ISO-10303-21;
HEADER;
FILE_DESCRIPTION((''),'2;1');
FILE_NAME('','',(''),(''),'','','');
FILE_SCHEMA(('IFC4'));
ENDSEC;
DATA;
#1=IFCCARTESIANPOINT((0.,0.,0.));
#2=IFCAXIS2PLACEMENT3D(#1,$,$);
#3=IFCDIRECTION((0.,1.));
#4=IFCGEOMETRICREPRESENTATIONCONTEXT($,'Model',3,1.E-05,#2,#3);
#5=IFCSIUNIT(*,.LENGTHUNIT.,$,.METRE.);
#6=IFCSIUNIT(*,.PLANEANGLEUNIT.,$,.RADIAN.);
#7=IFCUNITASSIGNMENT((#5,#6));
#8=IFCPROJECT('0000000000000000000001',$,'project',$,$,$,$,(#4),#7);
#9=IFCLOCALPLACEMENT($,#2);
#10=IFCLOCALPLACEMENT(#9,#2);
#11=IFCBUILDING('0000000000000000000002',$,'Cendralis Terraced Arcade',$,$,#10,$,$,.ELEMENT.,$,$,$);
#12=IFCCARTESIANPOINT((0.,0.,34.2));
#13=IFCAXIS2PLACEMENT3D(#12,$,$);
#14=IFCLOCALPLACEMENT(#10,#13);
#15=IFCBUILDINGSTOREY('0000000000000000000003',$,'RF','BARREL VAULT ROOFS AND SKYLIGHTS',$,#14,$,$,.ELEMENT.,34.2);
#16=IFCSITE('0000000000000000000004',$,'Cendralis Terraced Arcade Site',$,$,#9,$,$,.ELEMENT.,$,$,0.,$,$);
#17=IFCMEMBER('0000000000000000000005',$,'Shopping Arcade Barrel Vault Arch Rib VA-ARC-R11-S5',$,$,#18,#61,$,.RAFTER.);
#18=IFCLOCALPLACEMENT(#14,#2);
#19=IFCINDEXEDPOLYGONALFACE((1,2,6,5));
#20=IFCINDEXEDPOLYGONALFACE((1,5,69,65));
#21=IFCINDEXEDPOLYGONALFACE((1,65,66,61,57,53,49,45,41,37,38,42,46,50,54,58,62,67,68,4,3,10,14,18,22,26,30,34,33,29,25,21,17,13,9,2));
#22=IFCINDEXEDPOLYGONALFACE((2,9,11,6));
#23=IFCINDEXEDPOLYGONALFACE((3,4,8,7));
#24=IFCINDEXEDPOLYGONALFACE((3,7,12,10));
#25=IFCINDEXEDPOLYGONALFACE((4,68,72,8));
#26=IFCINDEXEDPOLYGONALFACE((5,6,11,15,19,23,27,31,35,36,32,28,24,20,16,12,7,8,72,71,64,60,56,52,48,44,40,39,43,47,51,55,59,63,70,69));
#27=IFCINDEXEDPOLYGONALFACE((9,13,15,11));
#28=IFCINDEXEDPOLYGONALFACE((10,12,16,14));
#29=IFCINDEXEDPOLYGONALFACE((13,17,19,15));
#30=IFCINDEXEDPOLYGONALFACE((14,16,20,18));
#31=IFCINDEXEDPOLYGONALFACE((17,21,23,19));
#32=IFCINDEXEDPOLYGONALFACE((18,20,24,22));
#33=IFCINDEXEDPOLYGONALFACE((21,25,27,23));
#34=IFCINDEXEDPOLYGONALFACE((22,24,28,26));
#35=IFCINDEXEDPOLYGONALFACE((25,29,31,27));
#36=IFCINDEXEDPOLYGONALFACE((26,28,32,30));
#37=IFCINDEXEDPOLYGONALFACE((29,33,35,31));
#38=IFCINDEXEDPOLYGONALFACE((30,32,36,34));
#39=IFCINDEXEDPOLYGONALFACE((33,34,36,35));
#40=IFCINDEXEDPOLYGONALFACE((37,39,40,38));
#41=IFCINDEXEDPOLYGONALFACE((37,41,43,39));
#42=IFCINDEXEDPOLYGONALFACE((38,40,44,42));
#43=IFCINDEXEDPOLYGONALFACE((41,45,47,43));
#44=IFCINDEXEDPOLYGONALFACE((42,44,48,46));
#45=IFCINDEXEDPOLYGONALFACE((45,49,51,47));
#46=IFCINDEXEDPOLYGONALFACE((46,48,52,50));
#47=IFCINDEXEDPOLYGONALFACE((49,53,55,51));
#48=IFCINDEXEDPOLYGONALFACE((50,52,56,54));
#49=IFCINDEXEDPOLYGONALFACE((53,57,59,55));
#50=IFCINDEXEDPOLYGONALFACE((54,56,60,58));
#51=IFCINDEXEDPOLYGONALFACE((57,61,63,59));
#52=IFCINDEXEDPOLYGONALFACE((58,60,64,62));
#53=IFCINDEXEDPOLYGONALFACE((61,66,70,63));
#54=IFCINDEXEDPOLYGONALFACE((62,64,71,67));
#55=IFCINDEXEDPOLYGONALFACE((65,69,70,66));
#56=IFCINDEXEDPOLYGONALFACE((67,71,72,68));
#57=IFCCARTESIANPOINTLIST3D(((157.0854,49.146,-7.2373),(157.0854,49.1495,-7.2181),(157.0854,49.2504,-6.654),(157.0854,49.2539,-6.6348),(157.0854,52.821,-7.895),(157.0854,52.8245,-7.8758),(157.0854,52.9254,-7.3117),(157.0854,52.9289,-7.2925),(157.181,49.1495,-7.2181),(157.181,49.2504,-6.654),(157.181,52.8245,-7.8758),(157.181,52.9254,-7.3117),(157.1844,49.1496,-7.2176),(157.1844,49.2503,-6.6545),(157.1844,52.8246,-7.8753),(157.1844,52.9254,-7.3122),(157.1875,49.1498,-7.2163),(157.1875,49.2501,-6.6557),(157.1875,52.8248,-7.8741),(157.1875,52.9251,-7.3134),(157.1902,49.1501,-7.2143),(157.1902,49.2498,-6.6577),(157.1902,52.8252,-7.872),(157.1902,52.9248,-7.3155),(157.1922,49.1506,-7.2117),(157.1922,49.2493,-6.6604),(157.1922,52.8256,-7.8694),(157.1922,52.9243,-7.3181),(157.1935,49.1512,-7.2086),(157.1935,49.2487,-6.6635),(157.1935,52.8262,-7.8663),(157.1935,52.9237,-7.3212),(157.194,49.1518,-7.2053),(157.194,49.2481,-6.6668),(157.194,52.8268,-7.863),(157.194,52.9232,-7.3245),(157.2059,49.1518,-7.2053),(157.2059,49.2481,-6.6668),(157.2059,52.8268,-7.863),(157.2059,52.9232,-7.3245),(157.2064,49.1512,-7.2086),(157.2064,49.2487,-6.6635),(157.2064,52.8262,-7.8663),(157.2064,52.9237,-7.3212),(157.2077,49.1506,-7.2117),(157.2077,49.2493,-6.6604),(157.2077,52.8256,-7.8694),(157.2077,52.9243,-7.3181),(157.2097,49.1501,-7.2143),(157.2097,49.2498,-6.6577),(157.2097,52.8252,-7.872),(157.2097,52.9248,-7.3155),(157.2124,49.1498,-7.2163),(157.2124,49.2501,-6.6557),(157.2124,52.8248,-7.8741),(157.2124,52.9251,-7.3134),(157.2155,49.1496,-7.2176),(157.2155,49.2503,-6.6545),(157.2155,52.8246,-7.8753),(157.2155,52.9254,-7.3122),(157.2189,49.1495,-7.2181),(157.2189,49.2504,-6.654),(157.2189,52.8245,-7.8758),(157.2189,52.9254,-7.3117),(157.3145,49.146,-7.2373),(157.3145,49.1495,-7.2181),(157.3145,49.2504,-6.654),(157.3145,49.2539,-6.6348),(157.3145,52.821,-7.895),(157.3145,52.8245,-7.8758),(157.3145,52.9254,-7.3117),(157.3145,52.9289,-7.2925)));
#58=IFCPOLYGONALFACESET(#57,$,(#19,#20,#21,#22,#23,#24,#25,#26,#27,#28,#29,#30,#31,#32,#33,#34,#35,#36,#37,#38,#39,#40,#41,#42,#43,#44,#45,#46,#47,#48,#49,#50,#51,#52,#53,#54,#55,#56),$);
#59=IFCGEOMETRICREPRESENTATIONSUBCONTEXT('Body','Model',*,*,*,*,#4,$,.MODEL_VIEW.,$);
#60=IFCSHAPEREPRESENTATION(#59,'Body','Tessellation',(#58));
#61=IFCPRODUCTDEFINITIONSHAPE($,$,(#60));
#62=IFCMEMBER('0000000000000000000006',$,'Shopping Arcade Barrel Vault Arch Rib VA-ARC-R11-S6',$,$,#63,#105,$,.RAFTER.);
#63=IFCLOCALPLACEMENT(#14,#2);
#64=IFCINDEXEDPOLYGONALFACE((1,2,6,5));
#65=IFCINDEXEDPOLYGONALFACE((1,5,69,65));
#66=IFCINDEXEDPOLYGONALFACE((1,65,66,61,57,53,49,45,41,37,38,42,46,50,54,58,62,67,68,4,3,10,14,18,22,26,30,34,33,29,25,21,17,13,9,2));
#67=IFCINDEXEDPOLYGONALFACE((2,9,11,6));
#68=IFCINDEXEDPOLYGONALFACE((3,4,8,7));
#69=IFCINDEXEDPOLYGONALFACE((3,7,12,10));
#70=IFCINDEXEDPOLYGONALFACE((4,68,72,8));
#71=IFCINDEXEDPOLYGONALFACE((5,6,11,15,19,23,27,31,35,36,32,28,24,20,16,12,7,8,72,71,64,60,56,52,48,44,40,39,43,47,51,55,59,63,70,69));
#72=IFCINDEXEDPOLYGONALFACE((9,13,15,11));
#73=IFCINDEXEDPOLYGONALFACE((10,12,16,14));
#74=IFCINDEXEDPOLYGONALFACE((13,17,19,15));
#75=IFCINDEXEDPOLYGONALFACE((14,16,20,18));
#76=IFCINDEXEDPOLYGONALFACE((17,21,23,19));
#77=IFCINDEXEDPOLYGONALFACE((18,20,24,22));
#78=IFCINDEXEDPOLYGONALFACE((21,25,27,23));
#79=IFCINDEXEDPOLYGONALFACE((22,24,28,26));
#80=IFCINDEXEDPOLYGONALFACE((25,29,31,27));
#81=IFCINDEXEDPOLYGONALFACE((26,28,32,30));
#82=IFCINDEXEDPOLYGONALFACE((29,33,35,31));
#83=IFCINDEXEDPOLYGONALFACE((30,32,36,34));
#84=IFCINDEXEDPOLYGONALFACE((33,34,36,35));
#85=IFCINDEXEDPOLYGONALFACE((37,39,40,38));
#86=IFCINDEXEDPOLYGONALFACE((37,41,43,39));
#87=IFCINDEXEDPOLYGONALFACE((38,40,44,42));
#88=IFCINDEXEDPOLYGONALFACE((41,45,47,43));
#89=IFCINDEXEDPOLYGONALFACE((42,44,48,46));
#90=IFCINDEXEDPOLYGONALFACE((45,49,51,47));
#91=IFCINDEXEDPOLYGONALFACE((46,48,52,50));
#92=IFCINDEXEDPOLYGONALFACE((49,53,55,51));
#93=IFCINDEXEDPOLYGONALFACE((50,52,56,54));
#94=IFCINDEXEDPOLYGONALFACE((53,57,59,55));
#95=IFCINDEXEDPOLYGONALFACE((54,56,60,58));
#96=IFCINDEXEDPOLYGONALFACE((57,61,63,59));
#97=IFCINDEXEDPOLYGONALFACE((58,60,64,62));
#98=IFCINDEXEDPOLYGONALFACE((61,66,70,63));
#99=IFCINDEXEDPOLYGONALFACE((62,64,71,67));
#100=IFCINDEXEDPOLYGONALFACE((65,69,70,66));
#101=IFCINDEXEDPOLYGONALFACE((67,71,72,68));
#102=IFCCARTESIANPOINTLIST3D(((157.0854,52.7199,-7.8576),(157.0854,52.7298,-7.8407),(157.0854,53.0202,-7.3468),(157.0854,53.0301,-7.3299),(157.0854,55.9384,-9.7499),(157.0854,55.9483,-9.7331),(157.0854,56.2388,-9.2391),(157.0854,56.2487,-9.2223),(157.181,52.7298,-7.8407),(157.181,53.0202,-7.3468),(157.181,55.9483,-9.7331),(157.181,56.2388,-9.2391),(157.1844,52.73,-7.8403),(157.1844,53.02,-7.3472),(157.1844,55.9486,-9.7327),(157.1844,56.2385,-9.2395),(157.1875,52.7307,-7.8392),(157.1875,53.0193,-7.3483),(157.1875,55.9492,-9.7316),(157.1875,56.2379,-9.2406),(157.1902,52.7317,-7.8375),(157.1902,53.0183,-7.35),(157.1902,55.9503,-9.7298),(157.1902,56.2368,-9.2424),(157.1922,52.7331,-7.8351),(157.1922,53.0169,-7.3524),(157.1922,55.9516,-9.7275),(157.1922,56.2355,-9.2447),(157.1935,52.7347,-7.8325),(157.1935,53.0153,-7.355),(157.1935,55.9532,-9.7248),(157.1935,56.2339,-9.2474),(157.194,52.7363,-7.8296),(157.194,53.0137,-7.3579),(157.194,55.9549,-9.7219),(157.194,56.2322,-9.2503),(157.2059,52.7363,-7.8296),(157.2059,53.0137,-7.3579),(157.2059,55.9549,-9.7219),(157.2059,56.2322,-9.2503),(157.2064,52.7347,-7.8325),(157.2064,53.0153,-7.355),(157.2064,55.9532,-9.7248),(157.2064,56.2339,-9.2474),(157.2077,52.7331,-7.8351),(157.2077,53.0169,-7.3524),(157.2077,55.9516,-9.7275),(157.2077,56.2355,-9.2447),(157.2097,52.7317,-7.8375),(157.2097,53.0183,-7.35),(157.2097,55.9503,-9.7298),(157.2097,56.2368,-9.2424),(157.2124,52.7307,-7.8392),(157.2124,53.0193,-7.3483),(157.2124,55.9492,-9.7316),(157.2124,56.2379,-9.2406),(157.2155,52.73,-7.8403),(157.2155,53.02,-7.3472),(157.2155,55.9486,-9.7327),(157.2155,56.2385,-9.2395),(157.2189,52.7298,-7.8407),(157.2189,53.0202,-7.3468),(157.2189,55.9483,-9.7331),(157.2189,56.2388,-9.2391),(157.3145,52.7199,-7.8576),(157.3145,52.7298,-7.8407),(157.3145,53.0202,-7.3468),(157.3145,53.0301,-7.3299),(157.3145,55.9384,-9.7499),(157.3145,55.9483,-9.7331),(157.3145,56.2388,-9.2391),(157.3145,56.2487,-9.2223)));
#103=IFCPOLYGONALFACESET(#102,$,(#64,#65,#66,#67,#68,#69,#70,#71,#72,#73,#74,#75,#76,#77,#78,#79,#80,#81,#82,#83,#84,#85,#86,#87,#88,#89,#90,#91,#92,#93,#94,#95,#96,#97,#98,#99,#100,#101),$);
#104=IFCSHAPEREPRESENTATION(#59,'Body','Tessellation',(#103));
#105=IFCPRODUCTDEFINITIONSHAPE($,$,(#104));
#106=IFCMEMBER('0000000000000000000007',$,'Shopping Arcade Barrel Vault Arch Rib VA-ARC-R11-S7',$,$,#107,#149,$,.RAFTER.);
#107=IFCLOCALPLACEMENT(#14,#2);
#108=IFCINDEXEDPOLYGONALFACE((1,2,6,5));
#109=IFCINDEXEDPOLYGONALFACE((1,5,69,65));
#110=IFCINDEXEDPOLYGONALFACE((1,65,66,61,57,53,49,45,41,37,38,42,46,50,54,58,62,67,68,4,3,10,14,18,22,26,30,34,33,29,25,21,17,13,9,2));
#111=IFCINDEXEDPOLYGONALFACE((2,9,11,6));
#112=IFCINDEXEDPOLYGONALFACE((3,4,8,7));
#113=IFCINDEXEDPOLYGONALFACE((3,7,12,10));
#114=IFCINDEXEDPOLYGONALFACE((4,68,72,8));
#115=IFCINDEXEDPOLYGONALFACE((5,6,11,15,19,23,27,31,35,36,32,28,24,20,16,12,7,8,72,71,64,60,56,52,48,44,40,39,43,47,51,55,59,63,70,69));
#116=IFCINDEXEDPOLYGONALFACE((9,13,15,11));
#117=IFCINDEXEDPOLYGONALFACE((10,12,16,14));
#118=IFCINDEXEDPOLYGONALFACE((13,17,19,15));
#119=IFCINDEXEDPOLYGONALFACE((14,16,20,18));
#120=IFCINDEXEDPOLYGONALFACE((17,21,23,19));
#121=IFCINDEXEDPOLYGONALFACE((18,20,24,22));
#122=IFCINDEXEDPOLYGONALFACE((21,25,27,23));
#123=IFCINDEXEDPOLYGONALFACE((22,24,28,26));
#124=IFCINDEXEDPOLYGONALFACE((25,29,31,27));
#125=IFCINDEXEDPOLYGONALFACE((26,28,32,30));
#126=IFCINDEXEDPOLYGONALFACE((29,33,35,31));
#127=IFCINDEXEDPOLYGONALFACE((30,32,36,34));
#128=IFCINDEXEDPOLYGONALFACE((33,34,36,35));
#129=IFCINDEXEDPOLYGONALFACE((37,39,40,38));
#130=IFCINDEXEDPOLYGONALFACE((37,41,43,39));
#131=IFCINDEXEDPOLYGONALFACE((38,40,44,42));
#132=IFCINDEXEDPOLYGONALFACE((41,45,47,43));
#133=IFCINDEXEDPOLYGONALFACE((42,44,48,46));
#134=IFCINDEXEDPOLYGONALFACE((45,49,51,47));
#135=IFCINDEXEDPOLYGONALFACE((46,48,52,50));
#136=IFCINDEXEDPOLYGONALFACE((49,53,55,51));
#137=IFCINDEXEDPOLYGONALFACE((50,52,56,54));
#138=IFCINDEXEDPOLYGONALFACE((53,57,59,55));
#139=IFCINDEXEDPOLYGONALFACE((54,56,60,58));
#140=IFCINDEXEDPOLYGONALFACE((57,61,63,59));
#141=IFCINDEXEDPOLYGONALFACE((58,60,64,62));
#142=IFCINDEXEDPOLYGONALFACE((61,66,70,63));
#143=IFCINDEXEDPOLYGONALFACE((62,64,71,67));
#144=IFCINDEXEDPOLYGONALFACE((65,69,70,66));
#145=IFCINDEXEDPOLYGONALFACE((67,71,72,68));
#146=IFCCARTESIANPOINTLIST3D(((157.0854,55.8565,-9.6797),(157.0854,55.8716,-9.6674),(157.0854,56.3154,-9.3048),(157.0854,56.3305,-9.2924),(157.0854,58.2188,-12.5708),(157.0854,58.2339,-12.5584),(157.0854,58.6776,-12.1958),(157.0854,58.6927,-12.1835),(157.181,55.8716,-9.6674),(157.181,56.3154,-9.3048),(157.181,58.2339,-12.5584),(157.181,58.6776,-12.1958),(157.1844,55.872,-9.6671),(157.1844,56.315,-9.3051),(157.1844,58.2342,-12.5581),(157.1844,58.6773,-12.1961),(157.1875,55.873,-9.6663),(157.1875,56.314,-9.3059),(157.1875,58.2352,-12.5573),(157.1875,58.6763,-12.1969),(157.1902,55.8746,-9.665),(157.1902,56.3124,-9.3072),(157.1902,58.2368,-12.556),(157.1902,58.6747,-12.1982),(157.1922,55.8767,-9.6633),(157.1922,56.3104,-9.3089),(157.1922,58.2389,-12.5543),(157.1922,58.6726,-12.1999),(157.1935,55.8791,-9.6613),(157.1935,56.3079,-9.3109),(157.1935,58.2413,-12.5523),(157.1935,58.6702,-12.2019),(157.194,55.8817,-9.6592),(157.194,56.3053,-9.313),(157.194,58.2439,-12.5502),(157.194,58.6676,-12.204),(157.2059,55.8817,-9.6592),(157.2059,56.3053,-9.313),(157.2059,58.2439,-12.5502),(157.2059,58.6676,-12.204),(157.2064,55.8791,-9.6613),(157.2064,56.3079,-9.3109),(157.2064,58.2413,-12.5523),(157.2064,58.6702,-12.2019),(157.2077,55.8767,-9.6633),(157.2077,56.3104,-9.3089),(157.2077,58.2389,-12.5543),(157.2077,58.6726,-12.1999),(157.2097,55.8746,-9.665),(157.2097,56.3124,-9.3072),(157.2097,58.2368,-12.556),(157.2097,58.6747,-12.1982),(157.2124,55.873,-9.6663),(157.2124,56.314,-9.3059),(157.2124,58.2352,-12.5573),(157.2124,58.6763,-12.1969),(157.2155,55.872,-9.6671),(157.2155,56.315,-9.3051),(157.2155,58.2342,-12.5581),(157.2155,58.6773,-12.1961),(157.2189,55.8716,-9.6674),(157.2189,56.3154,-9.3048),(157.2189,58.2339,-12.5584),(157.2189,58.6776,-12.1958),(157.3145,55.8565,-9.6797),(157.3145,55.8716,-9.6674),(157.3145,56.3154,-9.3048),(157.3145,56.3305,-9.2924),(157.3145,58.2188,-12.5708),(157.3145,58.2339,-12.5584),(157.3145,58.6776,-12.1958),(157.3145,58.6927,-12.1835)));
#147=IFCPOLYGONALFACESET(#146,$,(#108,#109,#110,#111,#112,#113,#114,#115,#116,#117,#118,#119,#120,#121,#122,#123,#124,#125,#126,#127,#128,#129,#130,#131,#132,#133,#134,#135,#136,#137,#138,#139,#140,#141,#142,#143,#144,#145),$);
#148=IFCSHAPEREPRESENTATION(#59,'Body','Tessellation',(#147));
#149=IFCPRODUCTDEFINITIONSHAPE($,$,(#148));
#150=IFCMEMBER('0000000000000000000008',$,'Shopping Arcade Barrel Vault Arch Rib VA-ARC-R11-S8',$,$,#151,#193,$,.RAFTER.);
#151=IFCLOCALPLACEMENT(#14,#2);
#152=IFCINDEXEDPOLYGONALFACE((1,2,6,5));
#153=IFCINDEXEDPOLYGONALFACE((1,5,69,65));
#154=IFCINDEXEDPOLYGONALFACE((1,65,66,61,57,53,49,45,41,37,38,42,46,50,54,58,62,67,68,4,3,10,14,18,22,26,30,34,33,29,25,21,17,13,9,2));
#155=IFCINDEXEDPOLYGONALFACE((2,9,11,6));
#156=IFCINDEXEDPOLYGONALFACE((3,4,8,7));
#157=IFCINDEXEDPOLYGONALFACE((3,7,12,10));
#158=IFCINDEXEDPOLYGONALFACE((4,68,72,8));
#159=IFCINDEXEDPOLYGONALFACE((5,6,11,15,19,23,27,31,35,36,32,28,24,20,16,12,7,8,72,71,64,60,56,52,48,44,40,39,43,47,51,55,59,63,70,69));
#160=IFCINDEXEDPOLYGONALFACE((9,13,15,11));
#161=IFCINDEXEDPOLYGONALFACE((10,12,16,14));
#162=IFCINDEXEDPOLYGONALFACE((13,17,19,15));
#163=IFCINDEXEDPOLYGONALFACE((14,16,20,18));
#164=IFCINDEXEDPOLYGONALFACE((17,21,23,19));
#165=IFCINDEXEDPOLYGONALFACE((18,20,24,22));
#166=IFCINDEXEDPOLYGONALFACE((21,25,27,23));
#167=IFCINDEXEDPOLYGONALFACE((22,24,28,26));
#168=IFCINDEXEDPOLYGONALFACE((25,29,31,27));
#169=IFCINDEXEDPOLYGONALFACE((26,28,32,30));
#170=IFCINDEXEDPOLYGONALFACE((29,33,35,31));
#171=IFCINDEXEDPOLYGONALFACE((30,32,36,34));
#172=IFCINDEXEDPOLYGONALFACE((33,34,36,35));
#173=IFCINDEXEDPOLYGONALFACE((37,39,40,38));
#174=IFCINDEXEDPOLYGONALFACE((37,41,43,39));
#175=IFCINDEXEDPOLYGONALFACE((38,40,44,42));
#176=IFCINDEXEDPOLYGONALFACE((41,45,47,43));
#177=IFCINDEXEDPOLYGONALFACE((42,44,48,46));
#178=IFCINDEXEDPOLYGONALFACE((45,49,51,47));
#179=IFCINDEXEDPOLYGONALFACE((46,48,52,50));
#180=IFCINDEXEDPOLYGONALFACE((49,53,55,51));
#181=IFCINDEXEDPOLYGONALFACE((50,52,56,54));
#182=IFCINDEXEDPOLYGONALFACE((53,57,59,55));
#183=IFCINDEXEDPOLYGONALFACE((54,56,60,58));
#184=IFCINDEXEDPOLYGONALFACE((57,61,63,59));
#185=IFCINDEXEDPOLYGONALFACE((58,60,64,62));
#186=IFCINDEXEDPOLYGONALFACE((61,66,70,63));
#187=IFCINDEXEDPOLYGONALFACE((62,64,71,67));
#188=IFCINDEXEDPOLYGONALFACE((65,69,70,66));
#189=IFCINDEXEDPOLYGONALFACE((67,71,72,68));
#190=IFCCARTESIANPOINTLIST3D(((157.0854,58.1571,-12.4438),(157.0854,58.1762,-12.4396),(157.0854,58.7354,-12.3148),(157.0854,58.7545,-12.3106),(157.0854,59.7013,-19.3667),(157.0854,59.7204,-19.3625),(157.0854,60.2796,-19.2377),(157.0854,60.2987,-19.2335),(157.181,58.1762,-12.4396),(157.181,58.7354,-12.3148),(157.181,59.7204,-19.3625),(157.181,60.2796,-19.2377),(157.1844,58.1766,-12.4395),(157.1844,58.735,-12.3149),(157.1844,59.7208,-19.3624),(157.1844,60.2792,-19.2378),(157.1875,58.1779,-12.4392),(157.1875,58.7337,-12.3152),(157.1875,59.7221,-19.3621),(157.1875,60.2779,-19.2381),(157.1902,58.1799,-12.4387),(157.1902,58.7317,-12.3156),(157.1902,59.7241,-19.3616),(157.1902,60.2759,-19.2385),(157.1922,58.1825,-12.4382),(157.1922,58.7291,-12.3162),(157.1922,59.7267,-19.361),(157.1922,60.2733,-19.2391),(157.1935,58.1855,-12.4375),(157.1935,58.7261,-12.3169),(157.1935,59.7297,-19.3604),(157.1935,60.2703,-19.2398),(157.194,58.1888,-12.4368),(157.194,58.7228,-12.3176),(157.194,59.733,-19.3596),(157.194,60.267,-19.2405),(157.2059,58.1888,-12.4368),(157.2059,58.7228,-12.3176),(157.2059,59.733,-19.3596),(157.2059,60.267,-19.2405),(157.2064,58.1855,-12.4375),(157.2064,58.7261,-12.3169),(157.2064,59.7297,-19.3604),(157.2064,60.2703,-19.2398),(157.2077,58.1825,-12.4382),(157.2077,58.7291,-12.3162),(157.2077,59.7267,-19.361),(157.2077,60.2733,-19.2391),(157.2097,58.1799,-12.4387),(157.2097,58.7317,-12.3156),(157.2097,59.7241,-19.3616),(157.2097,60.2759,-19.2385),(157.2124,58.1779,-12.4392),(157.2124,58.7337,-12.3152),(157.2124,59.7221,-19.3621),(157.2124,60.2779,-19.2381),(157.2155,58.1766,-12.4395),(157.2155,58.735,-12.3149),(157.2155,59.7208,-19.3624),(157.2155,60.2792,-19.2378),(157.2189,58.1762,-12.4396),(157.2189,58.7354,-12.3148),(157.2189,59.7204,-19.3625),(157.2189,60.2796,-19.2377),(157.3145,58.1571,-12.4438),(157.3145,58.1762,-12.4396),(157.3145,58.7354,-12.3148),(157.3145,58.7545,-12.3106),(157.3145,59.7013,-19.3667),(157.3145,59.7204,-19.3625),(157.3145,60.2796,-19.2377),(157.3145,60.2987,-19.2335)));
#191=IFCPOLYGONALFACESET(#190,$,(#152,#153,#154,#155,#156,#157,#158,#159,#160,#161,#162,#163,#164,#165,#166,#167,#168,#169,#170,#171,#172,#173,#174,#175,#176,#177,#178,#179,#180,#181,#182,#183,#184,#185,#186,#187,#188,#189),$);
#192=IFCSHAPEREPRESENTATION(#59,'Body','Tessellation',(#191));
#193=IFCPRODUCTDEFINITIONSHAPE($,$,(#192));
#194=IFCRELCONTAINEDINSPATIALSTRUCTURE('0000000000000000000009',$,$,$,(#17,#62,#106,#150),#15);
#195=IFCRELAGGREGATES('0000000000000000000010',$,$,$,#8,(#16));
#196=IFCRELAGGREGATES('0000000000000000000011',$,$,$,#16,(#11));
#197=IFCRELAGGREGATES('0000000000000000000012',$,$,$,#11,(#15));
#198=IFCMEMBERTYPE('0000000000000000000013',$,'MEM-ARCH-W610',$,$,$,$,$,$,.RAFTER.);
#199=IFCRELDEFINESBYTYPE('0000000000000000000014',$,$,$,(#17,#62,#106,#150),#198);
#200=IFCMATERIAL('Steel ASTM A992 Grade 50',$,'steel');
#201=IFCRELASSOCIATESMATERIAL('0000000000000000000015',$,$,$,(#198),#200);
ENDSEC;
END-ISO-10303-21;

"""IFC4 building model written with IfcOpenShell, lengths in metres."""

from ifc_helpers import new_model, si_unit, direction, frame, origin, origin_2d, place, context, subcontext, project, spatial, i_section, extrude, material, material_profile, profile_set, type_object, element, save


model = new_model("IFC4")

# Units and contexts
model_context = context("Model", 3, precision=1e-05, world=origin(), true_north=direction((0.0, 1.0)))
body_context = subcontext(model_context, "Body", "Model", "MODEL_VIEW")
ifc_project = project(units=[si_unit("LENGTHUNIT", "METRE"), si_unit("PLANEANGLEUNIT", "RADIAN")], contexts=[model_context])

# Site, building, storey
site_placement = place(None, origin())
site = spatial("IfcSite", under=ifc_project, at=site_placement, Name="Cendralis Terraced Arcade Site", CompositionType="ELEMENT", RefElevation=0.0)
building_placement = place(site_placement, origin())
building = spatial("IfcBuilding", under=site, at=building_placement, Name="Cendralis Terraced Arcade", CompositionType="ELEMENT")
storey_placement = place(building_placement, frame((0.0, 0.0, 34.2)))
storey = spatial("IfcBuildingStorey", under=building, at=storey_placement, Name="RF", Description="BARREL VAULT ROOFS AND SKYLIGHTS", CompositionType="ELEMENT", Elevation=34.2)

# Members
ifc_material_1 = material(Name="Steel ASTM A992 Grade 50", Category="steel")
ifc_material_profile_1 = material_profile(ifc_material_1, i_section(OverallWidth=0.229, OverallDepth=0.6121, WebThickness=0.012, FlangeThickness=0.0195, FilletRadius=0.0129, at=origin_2d()), Name="W610X125", Category="LoadBearing")
ifc_profile_set_1 = profile_set([ifc_material_profile_1], Name="Steel ASTM A992 Grade 50")
member_type_1 = type_object("IfcMemberType", Name="MEM-ARCH-W610", PredefinedType="RAFTER", material=ifc_profile_set_1)
for number, where, z_axis, x_axis, name in (
    (1, (157.2, 49.2, -6.936), (0.0, 0.98436, -0.176169), (-1.0, 0.0, 0.0), "Shopping Arcade Barrel Vault Arch Rib VA-ARC-R11-S5"),
):
    element("IfcMember", number, at=place(storey_placement, frame(where, z_axis=z_axis, x_axis=x_axis)), inside=storey, type_object=member_type_1, Name=name, PredefinedType="RAFTER", context=body_context, shape_type="SweptSolid", body=[
        extrude(i_section(OverallWidth=0.229, OverallDepth=0.6121, WebThickness=0.012, FlangeThickness=0.0195, FilletRadius=0.0129, at=origin_2d()), origin(), (0.0, 0.0, 1.0), 3.7334),
    ])
member_1_placement = place(storey_placement, frame((157.2, 52.875, -7.5938), z_axis=(0.0, 0.86204, -0.50684), x_axis=(-1.0, 0.0, 0.0)))
element("IfcMember", 2, at=member_1_placement, inside=storey, type_object=member_type_1, Name="Shopping Arcade Barrel Vault Arch Rib VA-ARC-R11-S6", PredefinedType="RAFTER", context=body_context, shape_type="SweptSolid", body=[
    extrude(i_section(OverallWidth=0.229, OverallDepth=0.6121, WebThickness=0.012, FlangeThickness=0.0195, FilletRadius=0.0129, at=origin_2d()), origin(), (0.0, 0.0, 1.0), 3.7336),
])
member_2_placement = place(storey_placement, frame((157.2, 56.0935, -9.4861), z_axis=(0.0, 0.632732, -0.774371), x_axis=(-1.0, 0.0, 0.0)))
element("IfcMember", 3, at=member_2_placement, inside=storey, type_object=member_type_1, Name="Shopping Arcade Barrel Vault Arch Rib VA-ARC-R11-S7", PredefinedType="RAFTER", context=body_context, shape_type="SweptSolid", body=[
    extrude(i_section(OverallWidth=0.229, OverallDepth=0.6121, WebThickness=0.012, FlangeThickness=0.0195, FilletRadius=0.0129, at=origin_2d()), origin(), (0.0, 0.0, 1.0), 3.7334),
])
member_3_placement = place(storey_placement, frame((157.2, 58.4558, -12.3772), z_axis=(0.0, 0.217707, -0.976014), x_axis=(-1.0, 0.0, 0.0)))
element("IfcMember", 4, at=member_3_placement, inside=storey, type_object=member_type_1, Name="Shopping Arcade Barrel Vault Arch Rib VA-ARC-R11-S8", PredefinedType="RAFTER", context=body_context, shape_type="SweptSolid", body=[
    extrude(i_section(OverallWidth=0.229, OverallDepth=0.6121, WebThickness=0.012, FlangeThickness=0.0195, FilletRadius=0.0129, at=origin_2d()), origin(), (0.0, 0.0, 1.0), 7.093),
])

save(model, "model.ifc")
